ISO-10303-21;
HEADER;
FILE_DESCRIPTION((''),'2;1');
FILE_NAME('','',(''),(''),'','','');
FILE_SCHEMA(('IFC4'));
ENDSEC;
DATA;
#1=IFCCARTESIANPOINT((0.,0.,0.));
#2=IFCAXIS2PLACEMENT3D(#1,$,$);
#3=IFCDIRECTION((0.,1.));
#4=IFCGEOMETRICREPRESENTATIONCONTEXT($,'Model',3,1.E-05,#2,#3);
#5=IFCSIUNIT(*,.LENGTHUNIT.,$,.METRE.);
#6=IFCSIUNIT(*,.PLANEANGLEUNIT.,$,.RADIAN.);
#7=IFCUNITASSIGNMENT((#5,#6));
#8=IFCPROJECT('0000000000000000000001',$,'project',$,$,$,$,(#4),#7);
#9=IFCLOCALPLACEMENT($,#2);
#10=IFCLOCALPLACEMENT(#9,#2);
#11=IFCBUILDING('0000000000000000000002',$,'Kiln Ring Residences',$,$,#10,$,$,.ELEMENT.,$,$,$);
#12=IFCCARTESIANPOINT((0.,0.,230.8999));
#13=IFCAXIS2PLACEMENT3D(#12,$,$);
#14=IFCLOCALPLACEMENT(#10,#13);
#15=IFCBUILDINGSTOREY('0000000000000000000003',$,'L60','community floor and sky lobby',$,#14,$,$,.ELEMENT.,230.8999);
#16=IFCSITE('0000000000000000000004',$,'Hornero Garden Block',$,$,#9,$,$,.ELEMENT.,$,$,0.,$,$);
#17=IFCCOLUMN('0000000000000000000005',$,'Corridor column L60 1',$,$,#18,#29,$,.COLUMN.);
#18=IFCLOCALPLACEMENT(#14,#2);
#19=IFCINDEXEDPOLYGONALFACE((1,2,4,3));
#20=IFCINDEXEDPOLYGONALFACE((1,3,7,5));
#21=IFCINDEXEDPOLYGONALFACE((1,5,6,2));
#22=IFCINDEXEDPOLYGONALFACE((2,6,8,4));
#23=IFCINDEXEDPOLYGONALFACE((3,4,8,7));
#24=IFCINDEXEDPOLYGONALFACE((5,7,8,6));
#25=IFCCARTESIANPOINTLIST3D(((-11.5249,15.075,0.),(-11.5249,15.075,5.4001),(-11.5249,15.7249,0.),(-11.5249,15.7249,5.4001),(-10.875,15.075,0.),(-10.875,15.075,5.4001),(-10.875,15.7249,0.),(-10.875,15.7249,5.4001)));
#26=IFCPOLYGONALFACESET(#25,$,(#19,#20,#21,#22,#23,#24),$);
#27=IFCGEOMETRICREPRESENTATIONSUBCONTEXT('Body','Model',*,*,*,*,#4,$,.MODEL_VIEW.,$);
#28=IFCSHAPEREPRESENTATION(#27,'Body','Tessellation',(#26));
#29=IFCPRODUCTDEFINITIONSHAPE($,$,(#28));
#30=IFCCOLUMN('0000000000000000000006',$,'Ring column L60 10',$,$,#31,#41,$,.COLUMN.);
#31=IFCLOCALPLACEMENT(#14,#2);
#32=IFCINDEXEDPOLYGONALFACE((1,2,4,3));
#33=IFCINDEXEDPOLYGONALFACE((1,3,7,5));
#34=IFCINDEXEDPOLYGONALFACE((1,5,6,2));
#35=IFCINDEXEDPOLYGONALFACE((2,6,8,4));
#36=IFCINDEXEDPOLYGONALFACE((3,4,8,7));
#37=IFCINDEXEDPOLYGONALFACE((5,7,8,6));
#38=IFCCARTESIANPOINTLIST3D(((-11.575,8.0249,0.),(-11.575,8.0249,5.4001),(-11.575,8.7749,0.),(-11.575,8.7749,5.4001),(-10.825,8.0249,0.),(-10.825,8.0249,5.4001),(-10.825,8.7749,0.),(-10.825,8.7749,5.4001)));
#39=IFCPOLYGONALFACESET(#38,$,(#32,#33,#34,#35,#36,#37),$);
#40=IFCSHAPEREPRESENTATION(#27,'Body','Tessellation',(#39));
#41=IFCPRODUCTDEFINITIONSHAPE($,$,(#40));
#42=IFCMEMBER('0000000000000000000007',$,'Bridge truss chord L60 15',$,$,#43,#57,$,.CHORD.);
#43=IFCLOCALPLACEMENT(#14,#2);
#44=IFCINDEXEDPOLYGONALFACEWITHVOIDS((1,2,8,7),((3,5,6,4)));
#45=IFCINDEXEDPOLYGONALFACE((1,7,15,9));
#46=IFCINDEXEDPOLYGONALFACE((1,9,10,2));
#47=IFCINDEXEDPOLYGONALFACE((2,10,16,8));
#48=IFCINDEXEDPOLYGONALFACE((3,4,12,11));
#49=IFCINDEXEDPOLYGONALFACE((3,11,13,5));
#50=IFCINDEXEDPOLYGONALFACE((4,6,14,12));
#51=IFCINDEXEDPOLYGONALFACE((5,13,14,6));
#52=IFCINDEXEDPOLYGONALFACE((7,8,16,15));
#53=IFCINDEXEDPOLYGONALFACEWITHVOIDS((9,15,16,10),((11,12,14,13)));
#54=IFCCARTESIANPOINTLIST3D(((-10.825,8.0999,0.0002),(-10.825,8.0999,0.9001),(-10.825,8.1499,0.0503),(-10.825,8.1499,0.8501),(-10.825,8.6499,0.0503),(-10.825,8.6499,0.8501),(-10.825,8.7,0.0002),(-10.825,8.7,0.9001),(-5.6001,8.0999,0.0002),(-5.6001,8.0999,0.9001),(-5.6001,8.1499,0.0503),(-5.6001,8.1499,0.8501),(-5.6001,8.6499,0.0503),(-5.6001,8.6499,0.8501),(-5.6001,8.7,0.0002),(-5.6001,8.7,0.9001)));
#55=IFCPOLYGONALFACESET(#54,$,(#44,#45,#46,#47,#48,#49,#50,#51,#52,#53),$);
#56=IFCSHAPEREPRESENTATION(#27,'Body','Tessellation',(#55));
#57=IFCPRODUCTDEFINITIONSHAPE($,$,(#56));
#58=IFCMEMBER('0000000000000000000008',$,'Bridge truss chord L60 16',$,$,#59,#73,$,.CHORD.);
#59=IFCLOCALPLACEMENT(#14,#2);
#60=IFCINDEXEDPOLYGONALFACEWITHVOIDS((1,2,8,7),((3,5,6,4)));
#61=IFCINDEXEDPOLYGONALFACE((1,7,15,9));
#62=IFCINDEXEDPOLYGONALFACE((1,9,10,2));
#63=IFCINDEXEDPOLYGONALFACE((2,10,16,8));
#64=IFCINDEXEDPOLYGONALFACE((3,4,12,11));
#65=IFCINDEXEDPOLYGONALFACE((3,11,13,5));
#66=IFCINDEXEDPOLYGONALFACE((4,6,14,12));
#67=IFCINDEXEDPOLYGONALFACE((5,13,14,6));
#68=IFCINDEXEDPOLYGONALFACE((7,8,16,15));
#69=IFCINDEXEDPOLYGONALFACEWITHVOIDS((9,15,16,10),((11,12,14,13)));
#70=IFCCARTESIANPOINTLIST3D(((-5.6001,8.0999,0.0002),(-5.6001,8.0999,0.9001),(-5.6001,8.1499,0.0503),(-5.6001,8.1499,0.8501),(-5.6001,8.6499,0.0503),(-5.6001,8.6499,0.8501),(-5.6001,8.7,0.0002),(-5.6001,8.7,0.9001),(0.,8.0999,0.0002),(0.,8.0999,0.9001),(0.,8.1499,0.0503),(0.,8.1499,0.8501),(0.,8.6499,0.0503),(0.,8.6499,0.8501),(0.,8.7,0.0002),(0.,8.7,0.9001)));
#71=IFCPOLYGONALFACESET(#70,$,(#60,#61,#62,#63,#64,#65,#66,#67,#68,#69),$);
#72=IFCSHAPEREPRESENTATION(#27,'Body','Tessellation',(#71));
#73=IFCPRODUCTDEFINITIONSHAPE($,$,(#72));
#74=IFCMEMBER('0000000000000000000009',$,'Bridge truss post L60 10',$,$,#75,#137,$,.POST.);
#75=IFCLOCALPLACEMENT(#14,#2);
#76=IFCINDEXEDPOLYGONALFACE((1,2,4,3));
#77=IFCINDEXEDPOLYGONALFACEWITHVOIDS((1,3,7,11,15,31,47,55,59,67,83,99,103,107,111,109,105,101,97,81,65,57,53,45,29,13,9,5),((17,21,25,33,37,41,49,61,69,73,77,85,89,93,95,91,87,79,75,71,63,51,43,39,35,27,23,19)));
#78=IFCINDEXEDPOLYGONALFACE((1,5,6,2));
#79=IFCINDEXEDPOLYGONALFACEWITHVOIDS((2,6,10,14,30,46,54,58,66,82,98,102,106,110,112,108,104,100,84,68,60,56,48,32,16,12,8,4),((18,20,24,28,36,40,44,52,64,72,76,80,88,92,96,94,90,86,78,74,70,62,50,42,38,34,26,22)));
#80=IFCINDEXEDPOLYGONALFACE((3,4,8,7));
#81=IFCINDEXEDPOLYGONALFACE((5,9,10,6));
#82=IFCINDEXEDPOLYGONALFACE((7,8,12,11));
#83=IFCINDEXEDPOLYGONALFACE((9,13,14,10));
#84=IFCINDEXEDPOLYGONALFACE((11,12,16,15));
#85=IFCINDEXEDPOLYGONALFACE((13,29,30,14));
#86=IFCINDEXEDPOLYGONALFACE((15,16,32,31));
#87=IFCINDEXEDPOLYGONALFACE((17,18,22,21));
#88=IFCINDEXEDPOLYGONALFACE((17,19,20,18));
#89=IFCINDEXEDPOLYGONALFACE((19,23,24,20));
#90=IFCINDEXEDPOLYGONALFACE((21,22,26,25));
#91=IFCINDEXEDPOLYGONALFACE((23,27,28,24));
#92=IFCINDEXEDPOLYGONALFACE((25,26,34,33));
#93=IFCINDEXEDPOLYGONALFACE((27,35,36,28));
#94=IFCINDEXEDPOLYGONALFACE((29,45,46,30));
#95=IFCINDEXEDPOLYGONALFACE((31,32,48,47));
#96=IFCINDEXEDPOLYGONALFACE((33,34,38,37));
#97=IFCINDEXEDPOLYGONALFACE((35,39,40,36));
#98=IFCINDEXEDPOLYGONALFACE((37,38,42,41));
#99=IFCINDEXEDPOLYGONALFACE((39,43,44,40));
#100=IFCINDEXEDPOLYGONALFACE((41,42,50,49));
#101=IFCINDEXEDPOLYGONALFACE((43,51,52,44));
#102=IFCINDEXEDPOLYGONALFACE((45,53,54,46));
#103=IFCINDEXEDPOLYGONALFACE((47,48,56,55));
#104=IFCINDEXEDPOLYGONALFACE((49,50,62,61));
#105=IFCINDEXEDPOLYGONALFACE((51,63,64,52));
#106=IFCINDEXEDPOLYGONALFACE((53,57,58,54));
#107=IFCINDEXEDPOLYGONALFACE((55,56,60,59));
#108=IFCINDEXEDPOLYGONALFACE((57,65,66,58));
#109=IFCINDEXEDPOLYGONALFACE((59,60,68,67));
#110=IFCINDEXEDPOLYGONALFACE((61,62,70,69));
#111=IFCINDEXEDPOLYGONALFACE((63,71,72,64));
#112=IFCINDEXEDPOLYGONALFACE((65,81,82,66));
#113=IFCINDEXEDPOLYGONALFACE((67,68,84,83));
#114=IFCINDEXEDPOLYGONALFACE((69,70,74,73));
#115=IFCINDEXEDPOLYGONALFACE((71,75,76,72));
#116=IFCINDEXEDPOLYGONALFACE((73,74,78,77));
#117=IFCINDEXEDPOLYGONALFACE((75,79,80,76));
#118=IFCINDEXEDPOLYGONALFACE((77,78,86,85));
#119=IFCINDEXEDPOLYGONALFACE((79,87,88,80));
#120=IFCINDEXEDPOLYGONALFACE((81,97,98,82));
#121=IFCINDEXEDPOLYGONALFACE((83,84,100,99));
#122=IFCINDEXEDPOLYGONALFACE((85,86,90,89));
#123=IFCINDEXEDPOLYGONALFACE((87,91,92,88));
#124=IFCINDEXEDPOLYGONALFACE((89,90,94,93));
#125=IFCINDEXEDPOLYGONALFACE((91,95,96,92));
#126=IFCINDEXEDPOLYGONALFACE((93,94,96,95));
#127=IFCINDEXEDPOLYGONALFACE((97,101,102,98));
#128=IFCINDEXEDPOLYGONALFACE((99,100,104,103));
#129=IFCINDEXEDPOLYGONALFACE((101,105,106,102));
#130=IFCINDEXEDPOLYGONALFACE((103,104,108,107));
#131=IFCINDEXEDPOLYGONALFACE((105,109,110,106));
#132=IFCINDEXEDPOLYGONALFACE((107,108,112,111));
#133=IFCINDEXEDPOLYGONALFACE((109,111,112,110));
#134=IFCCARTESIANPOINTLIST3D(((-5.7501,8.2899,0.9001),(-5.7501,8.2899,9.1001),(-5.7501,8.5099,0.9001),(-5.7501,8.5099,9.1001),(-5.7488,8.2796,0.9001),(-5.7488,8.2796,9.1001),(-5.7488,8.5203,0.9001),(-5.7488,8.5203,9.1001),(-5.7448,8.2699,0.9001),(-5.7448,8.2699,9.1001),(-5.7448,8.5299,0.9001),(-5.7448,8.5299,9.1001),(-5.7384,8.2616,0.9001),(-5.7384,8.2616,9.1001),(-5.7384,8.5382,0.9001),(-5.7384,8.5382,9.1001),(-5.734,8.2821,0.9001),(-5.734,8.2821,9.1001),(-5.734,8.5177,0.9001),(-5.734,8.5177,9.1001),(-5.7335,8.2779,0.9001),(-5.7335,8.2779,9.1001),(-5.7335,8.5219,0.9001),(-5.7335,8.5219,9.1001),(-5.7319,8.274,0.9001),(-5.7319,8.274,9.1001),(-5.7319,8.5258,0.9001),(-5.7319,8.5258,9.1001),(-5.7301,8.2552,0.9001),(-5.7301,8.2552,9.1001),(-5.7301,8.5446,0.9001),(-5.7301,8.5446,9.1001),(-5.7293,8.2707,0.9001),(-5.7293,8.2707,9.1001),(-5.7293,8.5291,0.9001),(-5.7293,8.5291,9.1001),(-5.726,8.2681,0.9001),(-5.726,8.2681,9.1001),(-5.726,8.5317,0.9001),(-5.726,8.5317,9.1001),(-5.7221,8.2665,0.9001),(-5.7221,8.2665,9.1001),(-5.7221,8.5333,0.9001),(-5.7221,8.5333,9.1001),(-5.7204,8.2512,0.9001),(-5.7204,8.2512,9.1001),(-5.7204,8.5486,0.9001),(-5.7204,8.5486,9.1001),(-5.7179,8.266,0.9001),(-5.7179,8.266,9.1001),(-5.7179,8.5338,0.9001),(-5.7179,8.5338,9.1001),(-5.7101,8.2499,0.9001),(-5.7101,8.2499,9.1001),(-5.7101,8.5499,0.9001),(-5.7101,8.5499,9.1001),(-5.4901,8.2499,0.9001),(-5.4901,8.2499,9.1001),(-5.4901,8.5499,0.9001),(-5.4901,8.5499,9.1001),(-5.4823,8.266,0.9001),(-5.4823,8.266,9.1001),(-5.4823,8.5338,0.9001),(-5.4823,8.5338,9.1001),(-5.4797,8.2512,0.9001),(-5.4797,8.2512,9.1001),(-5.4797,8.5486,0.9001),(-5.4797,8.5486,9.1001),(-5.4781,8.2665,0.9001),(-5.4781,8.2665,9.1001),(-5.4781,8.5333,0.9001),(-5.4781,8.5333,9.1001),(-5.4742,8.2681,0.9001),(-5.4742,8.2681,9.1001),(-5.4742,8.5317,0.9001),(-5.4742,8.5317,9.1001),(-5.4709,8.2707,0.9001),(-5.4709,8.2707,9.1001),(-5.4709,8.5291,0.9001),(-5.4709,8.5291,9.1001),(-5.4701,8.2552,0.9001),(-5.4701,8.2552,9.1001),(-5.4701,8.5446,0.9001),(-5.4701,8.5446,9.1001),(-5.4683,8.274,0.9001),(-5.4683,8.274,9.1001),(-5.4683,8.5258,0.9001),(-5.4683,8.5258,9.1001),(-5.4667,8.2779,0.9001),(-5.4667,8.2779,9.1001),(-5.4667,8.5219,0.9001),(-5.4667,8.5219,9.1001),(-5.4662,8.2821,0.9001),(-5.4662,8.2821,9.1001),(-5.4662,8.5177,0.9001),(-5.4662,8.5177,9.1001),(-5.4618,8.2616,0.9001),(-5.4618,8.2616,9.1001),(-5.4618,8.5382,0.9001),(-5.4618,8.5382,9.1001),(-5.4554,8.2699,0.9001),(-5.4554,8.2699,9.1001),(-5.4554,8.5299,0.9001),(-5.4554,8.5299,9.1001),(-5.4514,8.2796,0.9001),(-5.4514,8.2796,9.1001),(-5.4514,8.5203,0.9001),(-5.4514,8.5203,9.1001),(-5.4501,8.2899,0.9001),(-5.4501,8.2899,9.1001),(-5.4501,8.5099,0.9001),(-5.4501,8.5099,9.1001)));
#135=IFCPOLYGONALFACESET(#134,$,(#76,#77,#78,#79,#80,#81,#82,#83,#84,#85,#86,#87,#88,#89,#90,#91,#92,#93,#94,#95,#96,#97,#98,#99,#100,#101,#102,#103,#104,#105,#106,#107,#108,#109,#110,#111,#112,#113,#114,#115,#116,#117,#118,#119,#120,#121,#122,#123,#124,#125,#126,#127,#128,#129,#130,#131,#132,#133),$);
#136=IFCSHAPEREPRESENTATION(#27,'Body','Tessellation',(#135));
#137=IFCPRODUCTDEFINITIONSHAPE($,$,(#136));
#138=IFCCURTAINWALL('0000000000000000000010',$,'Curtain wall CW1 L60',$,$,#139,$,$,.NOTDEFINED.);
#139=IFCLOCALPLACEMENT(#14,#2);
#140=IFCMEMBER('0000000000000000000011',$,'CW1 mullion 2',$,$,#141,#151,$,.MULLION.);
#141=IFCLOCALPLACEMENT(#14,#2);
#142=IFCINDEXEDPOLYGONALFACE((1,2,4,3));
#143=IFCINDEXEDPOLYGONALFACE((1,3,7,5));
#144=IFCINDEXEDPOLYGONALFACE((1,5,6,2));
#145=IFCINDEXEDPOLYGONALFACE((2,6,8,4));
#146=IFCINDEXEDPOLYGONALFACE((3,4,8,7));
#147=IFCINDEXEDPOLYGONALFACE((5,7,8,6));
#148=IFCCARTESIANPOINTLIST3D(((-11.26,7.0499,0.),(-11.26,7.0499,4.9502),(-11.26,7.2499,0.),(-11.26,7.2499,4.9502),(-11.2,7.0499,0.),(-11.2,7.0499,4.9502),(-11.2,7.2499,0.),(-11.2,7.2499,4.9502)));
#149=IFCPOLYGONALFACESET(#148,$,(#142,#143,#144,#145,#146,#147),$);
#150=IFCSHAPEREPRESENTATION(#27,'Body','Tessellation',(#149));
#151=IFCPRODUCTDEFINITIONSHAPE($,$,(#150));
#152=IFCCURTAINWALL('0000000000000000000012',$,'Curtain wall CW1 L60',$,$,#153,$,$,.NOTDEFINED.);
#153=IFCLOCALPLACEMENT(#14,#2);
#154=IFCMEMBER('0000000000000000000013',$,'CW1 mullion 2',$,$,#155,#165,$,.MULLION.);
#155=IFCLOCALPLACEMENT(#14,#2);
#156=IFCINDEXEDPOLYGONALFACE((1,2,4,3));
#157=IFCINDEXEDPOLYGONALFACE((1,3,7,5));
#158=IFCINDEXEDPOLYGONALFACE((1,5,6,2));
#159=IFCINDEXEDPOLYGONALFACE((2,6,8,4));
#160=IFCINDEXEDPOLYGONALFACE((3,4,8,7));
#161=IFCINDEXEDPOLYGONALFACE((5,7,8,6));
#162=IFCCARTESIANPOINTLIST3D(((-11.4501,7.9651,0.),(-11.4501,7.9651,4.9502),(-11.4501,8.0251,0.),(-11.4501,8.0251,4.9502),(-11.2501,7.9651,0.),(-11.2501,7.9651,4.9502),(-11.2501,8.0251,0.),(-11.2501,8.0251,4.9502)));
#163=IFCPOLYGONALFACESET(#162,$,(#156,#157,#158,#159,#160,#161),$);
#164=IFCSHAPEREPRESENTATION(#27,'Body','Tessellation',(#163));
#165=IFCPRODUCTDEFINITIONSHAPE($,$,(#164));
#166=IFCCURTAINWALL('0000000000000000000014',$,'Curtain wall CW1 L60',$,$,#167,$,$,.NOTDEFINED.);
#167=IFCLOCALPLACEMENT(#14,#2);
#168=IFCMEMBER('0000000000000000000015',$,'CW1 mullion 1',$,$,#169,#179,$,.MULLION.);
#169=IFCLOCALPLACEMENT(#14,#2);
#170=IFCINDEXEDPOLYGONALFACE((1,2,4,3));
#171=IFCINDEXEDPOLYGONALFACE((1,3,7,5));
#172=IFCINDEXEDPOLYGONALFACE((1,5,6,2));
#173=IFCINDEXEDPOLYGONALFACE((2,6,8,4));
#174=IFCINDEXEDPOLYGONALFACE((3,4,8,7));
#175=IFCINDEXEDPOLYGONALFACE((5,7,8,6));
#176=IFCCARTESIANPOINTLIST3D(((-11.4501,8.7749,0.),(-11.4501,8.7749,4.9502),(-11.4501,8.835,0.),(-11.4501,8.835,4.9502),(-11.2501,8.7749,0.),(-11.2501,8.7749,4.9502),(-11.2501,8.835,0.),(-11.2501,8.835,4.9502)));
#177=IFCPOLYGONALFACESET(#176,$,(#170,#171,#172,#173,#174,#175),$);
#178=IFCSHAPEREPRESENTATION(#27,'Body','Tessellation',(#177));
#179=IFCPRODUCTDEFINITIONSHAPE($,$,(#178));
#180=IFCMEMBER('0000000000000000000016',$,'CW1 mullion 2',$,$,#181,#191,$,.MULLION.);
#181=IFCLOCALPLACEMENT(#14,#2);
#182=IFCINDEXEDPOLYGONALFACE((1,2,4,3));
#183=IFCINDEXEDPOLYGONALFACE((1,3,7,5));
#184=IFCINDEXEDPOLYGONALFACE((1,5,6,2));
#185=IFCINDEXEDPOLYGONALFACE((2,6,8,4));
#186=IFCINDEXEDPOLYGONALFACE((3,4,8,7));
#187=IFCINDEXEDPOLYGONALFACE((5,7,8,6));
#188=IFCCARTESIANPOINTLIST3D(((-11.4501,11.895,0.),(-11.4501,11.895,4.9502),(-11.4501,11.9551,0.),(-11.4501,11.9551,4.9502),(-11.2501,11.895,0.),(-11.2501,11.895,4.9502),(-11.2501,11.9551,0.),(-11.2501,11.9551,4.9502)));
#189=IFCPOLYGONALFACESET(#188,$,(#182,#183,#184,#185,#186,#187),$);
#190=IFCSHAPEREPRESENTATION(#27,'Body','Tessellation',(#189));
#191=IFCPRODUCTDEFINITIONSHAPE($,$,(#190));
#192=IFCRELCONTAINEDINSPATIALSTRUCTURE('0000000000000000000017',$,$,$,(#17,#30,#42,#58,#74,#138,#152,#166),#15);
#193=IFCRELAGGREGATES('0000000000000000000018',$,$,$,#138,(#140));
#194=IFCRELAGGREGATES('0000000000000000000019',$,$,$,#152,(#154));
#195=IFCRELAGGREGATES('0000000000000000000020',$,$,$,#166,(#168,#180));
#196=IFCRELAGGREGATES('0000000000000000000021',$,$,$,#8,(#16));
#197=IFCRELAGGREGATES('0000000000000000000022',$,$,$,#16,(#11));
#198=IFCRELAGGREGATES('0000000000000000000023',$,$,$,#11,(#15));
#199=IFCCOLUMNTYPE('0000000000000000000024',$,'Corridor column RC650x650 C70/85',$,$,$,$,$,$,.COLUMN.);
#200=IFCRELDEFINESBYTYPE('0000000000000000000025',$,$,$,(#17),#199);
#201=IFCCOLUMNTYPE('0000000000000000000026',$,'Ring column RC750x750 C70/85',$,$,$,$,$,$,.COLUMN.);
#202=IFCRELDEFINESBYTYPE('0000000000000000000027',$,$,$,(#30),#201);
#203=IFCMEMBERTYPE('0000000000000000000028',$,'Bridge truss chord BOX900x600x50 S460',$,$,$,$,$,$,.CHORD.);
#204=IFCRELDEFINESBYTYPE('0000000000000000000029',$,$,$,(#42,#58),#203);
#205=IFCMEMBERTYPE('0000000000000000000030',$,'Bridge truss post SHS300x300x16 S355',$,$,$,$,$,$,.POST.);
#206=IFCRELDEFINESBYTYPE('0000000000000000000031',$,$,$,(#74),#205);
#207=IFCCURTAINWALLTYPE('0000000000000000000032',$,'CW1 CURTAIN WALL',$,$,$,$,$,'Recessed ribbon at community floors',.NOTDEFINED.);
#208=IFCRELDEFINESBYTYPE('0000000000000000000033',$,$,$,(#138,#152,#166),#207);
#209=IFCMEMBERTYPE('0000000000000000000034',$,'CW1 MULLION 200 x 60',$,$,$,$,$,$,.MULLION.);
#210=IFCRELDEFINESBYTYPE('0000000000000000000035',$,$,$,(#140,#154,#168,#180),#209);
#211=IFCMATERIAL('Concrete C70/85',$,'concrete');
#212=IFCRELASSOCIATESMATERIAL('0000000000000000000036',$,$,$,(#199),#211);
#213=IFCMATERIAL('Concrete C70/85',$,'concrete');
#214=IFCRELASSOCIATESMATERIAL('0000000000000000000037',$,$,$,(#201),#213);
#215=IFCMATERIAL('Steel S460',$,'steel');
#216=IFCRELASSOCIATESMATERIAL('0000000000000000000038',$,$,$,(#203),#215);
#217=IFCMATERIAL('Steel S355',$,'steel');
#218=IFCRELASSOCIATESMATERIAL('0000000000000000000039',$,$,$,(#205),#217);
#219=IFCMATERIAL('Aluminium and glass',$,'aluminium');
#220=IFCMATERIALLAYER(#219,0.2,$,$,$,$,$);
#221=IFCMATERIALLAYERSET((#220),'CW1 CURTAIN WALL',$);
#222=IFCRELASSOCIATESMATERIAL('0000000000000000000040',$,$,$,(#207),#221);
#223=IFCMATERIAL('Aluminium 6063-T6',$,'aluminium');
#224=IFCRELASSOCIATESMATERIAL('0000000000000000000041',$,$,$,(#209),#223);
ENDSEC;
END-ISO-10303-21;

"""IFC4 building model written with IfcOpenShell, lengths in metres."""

from ifc_helpers import new_model, si_unit, direction, frame, origin, origin_2d, place, context, subcontext, project, spatial, rectangle, hollow_rectangle, extrude, material, layer, layer_set, material_profile, profile_set, type_object, element, aggregate, save


model = new_model("IFC4")

# Units and contexts
model_context = context("Model", 3, precision=1e-05, world=origin(), true_north=direction((0.0, 1.0)))
body_context = subcontext(model_context, "Body", "Model", "MODEL_VIEW")
ifc_project = project(units=[si_unit("LENGTHUNIT", "METRE"), si_unit("PLANEANGLEUNIT", "RADIAN")], contexts=[model_context])

# Site, building, storey
site_placement = place(None, origin())
site = spatial("IfcSite", under=ifc_project, at=site_placement, Name="Hornero Garden Block", CompositionType="ELEMENT", RefElevation=0.0)
building_placement = place(site_placement, origin())
building = spatial("IfcBuilding", under=site, at=building_placement, Name="Kiln Ring Residences", CompositionType="ELEMENT")
storey_placement = place(building_placement, frame((0.0, 0.0, 230.8999)))
storey = spatial("IfcBuildingStorey", under=building, at=storey_placement, Name="L60", Description="community floor and sky lobby", CompositionType="ELEMENT", Elevation=230.8999)

# Columns
ifc_material_1 = material(Name="Concrete C70/85", Category="concrete")
ifc_material_profile_1 = material_profile(ifc_material_1, rectangle(XDim=0.6499, YDim=0.6499, at=origin_2d()), Name="RC650x650")
ifc_profile_set_1 = profile_set([ifc_material_profile_1], Name="Concrete C70/85")
column_type_1 = type_object("IfcColumnType", Name="Corridor column RC650x650 C70/85", PredefinedType="COLUMN", material=ifc_profile_set_1)
column_1_placement = place(storey_placement, frame((-11.2, 15.3999, 0.0), z_axis=(0.0, 0.0, 1.0), x_axis=(1.0, 0.0, 0.0)))
element("IfcColumn", 1, at=column_1_placement, inside=storey, type_object=column_type_1, Name="Corridor column L60 1", PredefinedType="COLUMN", context=body_context, shape_type="SweptSolid", body=[
    extrude(rectangle(XDim=0.6499, YDim=0.6499, at=origin_2d()), origin(), (0.0, 0.0, 1.0), 5.4001),
])
ifc_material_2 = material(Name="Concrete C70/85", Category="concrete")
ifc_material_profile_2 = material_profile(ifc_material_2, rectangle(XDim=0.75, YDim=0.75, at=origin_2d()), Name="RC750x750")
ifc_profile_set_2 = profile_set([ifc_material_profile_2], Name="Concrete C70/85")
column_type_2 = type_object("IfcColumnType", Name="Ring column RC750x750 C70/85", PredefinedType="COLUMN", material=ifc_profile_set_2)
column_2_placement = place(storey_placement, frame((-11.2, 8.3999, 0.0), z_axis=(0.0, 0.0, 1.0), x_axis=(1.0, 0.0, 0.0)))
element("IfcColumn", 2, at=column_2_placement, inside=storey, type_object=column_type_2, Name="Ring column L60 10", PredefinedType="COLUMN", context=body_context, shape_type="SweptSolid", body=[
    extrude(rectangle(XDim=0.75, YDim=0.75, at=origin_2d()), origin(), (0.0, 0.0, 1.0), 5.4001),
])

# Members
ifc_material_3 = material(Name="Steel S460", Category="steel")
ifc_material_profile_3 = material_profile(ifc_material_3, hollow_rectangle(XDim=0.6001, YDim=0.8999, WallThickness=0.05, at=origin_2d()), Name="BOX900x600x50")
ifc_profile_set_3 = profile_set([ifc_material_profile_3], Name="Steel S460")
member_type_1 = type_object("IfcMemberType", Name="Bridge truss chord BOX900x600x50 S460", PredefinedType="CHORD", material=ifc_profile_set_3)
member_1_placement = place(storey_placement, frame((-10.825, 8.3999, 0.4502), z_axis=(1.0, 0.0, 0.0), x_axis=(0.0, 1.0, 0.0)))
element("IfcMember", 3, at=member_1_placement, inside=storey, type_object=member_type_1, Name="Bridge truss chord L60 15", PredefinedType="CHORD", context=body_context, shape_type="SweptSolid", body=[
    extrude(hollow_rectangle(XDim=0.6001, YDim=0.8999, WallThickness=0.05, at=origin_2d()), origin(), (0.0, 0.0, 1.0), 5.2249),
])
member_2_placement = place(storey_placement, frame((-5.6001, 8.3999, 0.4502), z_axis=(1.0, 0.0, 0.0), x_axis=(0.0, 1.0, 0.0)))
element("IfcMember", 4, at=member_2_placement, inside=storey, type_object=member_type_1, Name="Bridge truss chord L60 16", PredefinedType="CHORD", context=body_context, shape_type="SweptSolid", body=[
    extrude(hollow_rectangle(XDim=0.6001, YDim=0.8999, WallThickness=0.05, at=origin_2d()), origin(), (0.0, 0.0, 1.0), 5.6001),
])
ifc_material_4 = material(Name="Steel S355", Category="steel")
ifc_material_profile_4 = material_profile(ifc_material_4, hollow_rectangle(XDim=0.3, YDim=0.3, WallThickness=0.0161, InnerFilletRadius=0.0161, OuterFilletRadius=0.04, at=origin_2d()), Name="SHS300x300x16")
ifc_profile_set_4 = profile_set([ifc_material_profile_4], Name="Steel S355")
member_type_2 = type_object("IfcMemberType", Name="Bridge truss post SHS300x300x16 S355", PredefinedType="POST", material=ifc_profile_set_4)
member_3_placement = place(storey_placement, frame((-5.6001, 8.3999, 0.9001), z_axis=(0.0, 0.0, 1.0), x_axis=(1.0, 0.0, 0.0)))
element("IfcMember", 5, at=member_3_placement, inside=storey, type_object=member_type_2, Name="Bridge truss post L60 10", PredefinedType="POST", context=body_context, shape_type="SweptSolid", body=[
    extrude(hollow_rectangle(XDim=0.3, YDim=0.3, WallThickness=0.0161, InnerFilletRadius=0.0161, OuterFilletRadius=0.04, at=origin_2d()), origin(), (0.0, 0.0, 1.0), 8.2),
])

# Curtain walls, members
ifc_material_5 = material(Name="Aluminium and glass", Category="aluminium")
ifc_layer_1 = layer(ifc_material_5, 0.2)
ifc_layer_set_1 = layer_set([ifc_layer_1], Name="CW1 CURTAIN WALL")
curtain_wall_type = type_object("IfcCurtainWallType", Name="CW1 CURTAIN WALL", ElementType="Recessed ribbon at community floors", PredefinedType="NOTDEFINED", material=ifc_layer_set_1)
placement = place(storey_placement, origin())
curtain_wall_1 = element("IfcCurtainWall", 6, at=placement, inside=storey, type_object=curtain_wall_type, Name="Curtain wall CW1 L60", PredefinedType="NOTDEFINED")
ifc_material_6 = material(Name="Aluminium 6063-T6", Category="aluminium")
ifc_material_profile_5 = material_profile(ifc_material_6, rectangle(XDim=0.2, YDim=0.0601, at=origin_2d()), Name="AL 200x60")
ifc_profile_set_5 = profile_set([ifc_material_profile_5], Name="Aluminium 6063-T6")
member_type_3 = type_object("IfcMemberType", Name="CW1 MULLION 200 x 60", PredefinedType="MULLION", material=ifc_profile_set_5)
member_4_placement = place(storey_placement, frame((-11.23, 7.1499, 0.0), z_axis=(0.0, 0.0, 1.0), x_axis=(0.0, 1.0, 0.0)))
member_4 = element("IfcMember", 7, at=member_4_placement, type_object=member_type_3, Name="CW1 mullion 2", PredefinedType="MULLION", context=body_context, shape_type="SweptSolid", body=[
    extrude(rectangle(XDim=0.2, YDim=0.0601, at=origin_2d()), origin(), (0.0, 0.0, 1.0), 4.9502),
])
curtain_wall_2 = element("IfcCurtainWall", 8, at=placement, inside=storey, type_object=curtain_wall_type, Name="Curtain wall CW1 L60", PredefinedType="NOTDEFINED")
member_5_placement = place(storey_placement, frame((-11.3501, 7.9951, 0.0), z_axis=(0.0, 0.0, 1.0), x_axis=(-1.0, 0.0, 0.0)))
member_5 = element("IfcMember", 9, at=member_5_placement, type_object=member_type_3, Name="CW1 mullion 2", PredefinedType="MULLION", context=body_context, shape_type="SweptSolid", body=[
    extrude(rectangle(XDim=0.2, YDim=0.0601, at=origin_2d()), origin(), (0.0, 0.0, 1.0), 4.9502),
])

# Curtain wall, members
curtain_wall_3 = element("IfcCurtainWall", 10, at=placement, inside=storey, type_object=curtain_wall_type, Name="Curtain wall CW1 L60", PredefinedType="NOTDEFINED")
member_6_placement = place(storey_placement, frame((-11.3501, 8.8049, 0.0), z_axis=(0.0, 0.0, 1.0), x_axis=(-1.0, 0.0, 0.0)))
member_6 = element("IfcMember", 11, at=member_6_placement, type_object=member_type_3, Name="CW1 mullion 1", PredefinedType="MULLION", context=body_context, shape_type="SweptSolid", body=[
    extrude(rectangle(XDim=0.2, YDim=0.0601, at=origin_2d()), origin(), (0.0, 0.0, 1.0), 4.9502),
])
member_7_placement = place(storey_placement, frame((-11.3501, 11.925, 0.0), z_axis=(0.0, 0.0, 1.0), x_axis=(-1.0, 0.0, 0.0)))
member_7 = element("IfcMember", 12, at=member_7_placement, type_object=member_type_3, Name="CW1 mullion 2", PredefinedType="MULLION", context=body_context, shape_type="SweptSolid", body=[
    extrude(rectangle(XDim=0.2, YDim=0.0601, at=origin_2d()), origin(), (0.0, 0.0, 1.0), 4.9502),
])

aggregate(curtain_wall_1, [member_4])
aggregate(curtain_wall_2, [member_5])
aggregate(curtain_wall_3, [member_6, member_7])

save(model, "model.ifc")
